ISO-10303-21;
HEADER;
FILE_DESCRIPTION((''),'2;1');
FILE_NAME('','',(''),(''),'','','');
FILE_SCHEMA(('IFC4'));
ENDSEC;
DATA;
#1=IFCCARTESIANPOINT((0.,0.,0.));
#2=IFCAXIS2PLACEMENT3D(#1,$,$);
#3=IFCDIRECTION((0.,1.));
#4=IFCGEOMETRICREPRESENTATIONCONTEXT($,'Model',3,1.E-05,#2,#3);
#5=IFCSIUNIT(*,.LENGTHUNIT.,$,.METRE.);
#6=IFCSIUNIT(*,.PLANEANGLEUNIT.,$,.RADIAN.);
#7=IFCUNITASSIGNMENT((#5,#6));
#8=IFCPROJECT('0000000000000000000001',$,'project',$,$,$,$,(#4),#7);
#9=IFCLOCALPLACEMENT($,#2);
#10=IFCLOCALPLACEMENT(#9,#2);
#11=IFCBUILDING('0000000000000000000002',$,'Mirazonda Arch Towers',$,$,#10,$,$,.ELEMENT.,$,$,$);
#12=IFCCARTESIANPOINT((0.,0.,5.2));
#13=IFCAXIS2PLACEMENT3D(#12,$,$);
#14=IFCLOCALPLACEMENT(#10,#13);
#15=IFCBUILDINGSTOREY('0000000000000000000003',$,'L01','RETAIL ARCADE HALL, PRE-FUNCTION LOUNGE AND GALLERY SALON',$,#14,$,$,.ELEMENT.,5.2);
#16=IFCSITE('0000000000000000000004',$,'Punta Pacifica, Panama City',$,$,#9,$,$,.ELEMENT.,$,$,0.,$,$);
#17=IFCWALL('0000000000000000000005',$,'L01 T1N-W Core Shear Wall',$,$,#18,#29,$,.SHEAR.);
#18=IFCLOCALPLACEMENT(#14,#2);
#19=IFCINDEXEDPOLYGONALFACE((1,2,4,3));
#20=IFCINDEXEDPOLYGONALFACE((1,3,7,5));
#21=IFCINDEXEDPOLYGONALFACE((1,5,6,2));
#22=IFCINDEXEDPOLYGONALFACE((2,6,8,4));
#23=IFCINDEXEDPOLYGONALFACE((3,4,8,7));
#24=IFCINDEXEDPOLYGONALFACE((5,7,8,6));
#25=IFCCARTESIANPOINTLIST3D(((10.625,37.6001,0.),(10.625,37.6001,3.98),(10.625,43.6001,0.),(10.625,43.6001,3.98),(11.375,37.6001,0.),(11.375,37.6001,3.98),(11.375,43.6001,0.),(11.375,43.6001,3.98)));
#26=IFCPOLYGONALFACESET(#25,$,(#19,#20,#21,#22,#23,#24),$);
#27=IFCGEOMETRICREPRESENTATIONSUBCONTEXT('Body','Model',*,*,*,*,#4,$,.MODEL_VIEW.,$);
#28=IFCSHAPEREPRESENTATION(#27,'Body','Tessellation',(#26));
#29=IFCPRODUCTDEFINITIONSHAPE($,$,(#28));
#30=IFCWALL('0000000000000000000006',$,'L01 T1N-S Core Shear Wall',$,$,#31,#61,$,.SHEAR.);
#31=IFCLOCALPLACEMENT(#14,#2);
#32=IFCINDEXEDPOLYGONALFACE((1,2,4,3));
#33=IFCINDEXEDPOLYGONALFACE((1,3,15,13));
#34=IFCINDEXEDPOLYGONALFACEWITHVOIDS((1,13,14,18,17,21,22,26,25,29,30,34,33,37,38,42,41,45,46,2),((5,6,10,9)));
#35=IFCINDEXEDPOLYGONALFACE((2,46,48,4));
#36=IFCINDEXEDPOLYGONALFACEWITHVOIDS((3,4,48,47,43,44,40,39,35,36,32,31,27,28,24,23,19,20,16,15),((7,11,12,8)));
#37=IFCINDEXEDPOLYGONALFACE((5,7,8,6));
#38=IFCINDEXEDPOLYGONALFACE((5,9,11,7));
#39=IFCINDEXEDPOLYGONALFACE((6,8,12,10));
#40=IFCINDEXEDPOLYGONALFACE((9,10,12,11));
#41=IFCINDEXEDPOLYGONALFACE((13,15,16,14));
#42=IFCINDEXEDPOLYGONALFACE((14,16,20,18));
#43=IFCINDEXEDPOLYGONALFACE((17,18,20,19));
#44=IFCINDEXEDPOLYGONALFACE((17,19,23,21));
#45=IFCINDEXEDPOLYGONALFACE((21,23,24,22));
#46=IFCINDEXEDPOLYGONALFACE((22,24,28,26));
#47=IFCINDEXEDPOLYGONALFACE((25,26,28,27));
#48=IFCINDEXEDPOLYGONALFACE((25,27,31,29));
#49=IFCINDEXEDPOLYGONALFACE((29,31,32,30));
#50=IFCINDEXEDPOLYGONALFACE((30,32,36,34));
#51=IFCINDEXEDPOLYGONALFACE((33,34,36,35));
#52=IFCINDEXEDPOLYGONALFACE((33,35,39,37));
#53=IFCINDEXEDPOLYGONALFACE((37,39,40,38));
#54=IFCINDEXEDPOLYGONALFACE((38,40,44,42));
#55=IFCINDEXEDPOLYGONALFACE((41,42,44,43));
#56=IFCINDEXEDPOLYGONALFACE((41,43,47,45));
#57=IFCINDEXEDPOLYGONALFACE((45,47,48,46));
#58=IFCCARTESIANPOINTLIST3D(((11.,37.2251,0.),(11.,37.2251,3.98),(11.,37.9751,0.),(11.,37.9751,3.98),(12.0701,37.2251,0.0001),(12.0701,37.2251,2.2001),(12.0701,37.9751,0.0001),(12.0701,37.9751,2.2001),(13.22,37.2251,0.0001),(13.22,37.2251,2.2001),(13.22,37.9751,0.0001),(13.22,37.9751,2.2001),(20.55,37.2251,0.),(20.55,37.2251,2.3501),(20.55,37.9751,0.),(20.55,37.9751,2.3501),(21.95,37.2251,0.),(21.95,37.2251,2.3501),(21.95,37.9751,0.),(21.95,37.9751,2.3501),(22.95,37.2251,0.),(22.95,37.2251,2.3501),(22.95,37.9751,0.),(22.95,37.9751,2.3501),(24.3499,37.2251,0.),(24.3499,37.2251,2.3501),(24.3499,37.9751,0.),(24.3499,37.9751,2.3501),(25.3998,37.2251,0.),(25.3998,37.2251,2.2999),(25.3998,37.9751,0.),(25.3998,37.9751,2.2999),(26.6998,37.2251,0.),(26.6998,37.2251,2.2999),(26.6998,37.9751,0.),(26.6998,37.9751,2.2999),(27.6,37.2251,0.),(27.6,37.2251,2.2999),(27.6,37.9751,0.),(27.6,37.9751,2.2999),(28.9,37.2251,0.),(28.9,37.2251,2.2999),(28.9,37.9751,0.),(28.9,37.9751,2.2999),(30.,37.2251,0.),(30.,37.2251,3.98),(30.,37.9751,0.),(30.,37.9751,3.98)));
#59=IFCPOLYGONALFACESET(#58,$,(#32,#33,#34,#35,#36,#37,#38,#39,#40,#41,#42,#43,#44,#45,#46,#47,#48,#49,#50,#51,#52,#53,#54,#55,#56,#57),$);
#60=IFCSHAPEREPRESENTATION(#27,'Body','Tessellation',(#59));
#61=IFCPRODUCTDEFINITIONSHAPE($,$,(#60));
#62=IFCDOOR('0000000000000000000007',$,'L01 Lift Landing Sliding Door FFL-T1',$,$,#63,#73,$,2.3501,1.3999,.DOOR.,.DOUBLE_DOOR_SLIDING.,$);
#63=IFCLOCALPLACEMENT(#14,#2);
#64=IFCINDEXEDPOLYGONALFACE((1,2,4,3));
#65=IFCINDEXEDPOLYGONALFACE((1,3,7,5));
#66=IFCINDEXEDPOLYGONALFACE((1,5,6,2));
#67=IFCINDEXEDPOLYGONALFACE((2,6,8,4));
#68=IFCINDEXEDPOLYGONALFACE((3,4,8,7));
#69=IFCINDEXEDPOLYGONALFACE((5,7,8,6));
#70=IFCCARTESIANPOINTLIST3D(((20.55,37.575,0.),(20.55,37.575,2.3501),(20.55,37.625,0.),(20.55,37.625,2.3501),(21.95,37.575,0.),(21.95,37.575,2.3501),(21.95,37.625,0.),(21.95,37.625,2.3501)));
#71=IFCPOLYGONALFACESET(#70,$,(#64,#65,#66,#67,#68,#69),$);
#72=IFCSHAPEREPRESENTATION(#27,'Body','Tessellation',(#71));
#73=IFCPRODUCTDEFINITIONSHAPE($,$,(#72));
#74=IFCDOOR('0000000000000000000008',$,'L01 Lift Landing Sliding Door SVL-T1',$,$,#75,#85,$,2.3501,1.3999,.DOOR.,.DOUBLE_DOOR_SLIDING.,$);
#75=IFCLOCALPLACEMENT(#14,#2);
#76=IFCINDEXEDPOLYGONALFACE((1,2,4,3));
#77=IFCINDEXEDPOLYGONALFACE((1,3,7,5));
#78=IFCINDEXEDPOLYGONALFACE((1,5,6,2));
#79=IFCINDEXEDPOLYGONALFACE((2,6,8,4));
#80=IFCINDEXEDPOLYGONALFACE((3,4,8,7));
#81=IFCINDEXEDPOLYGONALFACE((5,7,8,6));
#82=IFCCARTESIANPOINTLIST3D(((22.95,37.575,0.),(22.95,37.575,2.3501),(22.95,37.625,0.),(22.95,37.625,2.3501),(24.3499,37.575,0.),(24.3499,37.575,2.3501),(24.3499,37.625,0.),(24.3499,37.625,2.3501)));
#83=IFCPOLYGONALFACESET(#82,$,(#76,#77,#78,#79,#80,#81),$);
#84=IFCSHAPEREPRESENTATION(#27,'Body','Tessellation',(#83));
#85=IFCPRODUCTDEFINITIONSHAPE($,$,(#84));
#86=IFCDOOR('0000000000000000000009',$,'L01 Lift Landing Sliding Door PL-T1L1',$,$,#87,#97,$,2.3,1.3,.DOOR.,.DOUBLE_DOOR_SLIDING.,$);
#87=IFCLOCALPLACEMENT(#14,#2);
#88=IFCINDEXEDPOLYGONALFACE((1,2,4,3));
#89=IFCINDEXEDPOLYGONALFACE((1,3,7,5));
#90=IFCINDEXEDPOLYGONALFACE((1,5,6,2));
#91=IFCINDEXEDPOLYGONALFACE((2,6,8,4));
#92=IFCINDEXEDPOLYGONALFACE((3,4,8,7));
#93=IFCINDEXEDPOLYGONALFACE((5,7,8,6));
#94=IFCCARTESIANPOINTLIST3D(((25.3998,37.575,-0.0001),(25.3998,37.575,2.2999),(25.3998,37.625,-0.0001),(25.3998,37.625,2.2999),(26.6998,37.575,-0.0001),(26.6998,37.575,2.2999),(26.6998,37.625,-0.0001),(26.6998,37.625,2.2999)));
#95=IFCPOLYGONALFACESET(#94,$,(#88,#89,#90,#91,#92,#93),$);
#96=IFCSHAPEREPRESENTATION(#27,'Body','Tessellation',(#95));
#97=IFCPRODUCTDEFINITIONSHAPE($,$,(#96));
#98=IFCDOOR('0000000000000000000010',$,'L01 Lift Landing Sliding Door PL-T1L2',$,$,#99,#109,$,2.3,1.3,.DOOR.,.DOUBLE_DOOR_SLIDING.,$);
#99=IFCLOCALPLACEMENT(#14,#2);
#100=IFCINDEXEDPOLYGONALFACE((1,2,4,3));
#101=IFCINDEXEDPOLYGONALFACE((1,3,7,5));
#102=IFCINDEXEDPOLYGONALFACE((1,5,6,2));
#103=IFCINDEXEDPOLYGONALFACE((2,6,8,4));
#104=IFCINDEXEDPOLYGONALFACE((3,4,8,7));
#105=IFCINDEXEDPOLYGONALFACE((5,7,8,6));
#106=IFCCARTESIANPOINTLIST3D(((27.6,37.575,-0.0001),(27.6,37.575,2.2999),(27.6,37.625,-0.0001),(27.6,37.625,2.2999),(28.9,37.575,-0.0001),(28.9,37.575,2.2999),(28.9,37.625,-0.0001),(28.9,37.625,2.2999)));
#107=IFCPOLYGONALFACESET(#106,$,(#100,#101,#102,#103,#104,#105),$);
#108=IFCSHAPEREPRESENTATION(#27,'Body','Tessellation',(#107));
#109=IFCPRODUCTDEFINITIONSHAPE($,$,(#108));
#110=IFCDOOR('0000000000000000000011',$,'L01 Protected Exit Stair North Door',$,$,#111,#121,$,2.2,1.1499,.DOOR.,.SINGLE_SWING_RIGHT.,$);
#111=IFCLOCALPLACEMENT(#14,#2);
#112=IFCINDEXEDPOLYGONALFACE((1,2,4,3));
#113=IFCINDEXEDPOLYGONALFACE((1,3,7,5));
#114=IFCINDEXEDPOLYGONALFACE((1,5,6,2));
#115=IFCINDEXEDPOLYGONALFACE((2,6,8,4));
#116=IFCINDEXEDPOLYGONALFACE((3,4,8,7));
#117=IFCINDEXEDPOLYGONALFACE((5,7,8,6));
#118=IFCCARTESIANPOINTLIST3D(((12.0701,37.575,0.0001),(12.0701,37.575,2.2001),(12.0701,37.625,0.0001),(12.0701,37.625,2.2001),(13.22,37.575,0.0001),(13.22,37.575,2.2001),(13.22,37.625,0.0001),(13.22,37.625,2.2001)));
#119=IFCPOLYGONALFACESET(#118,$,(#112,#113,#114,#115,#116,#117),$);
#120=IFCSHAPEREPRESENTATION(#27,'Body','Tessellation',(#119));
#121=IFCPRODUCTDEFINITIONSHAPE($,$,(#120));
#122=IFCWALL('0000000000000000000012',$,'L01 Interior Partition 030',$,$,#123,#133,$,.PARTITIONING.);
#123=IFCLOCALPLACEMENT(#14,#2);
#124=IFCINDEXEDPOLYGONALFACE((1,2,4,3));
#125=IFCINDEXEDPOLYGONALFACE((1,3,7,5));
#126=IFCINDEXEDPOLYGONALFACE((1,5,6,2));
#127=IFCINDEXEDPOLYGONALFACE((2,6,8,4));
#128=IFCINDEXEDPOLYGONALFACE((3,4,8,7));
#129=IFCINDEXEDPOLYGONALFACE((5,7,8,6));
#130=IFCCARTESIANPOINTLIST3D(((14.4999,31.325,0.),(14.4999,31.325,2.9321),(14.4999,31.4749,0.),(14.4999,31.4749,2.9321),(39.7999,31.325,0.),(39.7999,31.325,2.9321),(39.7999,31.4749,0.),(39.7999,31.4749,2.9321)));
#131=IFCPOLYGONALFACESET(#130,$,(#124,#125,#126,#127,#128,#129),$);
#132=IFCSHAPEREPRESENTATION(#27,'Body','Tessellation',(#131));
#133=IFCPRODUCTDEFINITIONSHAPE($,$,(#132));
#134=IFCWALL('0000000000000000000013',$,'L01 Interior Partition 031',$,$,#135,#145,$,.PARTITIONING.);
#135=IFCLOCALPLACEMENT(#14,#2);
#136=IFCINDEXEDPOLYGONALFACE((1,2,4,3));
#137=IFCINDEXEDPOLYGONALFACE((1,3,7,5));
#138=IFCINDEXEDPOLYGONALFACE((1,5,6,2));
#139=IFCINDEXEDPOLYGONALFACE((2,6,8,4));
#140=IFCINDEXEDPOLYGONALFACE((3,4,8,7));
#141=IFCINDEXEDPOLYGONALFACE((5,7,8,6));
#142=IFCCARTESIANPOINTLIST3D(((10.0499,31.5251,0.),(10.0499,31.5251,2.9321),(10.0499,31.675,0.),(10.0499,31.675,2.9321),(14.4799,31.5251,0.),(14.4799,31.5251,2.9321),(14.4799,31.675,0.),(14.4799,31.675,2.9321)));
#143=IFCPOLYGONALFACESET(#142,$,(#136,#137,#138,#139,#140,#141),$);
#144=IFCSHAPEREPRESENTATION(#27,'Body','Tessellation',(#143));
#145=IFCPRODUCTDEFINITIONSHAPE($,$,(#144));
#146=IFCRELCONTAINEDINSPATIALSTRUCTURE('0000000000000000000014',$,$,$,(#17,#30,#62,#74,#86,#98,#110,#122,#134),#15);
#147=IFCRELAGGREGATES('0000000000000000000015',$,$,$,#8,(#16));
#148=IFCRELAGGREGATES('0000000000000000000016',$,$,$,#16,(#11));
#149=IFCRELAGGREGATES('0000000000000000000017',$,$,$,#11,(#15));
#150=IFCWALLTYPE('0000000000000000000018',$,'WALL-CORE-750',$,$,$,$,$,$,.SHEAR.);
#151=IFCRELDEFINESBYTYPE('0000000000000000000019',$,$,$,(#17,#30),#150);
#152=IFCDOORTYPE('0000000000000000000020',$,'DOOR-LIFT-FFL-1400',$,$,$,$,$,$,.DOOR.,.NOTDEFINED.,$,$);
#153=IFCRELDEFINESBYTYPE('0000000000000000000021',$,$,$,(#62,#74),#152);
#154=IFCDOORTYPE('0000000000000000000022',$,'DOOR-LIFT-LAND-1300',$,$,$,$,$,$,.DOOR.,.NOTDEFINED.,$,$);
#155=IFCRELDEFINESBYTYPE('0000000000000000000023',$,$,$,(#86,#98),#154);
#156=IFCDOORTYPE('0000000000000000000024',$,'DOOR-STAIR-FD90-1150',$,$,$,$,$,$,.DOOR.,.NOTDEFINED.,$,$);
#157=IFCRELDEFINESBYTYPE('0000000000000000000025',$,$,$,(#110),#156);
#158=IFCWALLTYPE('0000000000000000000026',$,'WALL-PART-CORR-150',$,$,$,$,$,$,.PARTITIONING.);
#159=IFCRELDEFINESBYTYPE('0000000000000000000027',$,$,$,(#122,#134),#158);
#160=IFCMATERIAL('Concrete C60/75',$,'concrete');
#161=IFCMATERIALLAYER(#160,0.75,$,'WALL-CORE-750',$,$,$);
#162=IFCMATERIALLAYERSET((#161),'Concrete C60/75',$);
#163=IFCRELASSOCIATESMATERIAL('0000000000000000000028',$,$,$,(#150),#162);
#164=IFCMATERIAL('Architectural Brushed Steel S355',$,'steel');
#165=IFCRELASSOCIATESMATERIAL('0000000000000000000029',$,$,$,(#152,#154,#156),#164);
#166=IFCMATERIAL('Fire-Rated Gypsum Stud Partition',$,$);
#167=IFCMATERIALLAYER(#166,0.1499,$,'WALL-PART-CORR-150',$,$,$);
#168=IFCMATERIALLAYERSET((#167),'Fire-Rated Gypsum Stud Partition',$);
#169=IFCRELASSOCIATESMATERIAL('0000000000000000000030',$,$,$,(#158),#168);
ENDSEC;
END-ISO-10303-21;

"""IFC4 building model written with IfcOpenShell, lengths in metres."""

from ifc_helpers import new_model, si_unit, direction, frame, frame_2d, origin, place, context, subcontext, project, spatial, rectangle, extrude, material, layer, layer_set, type_object, element, fill, save


model = new_model("IFC4")

# Units and contexts
model_context = context("Model", 3, precision=1e-05, world=origin(), true_north=direction((0.0, 1.0)))
body_context = subcontext(model_context, "Body", "Model", "MODEL_VIEW")
ifc_project = project(units=[si_unit("LENGTHUNIT", "METRE"), si_unit("PLANEANGLEUNIT", "RADIAN")], contexts=[model_context])

# Site, building, storey
site_placement = place(None, origin())
site = spatial("IfcSite", under=ifc_project, at=site_placement, Name="Punta Pacifica, Panama City", CompositionType="ELEMENT", RefElevation=0.0)
building_placement = place(site_placement, origin())
building = spatial("IfcBuilding", under=site, at=building_placement, Name="Mirazonda Arch Towers", CompositionType="ELEMENT")
storey_placement = place(building_placement, frame((0.0, 0.0, 5.2)))
storey = spatial("IfcBuildingStorey", under=building, at=storey_placement, Name="L01", Description="RETAIL ARCADE HALL, PRE-FUNCTION LOUNGE AND GALLERY SALON", CompositionType="ELEMENT", Elevation=5.2)

# Shared definitions
ifc_material_1 = material(Name="Concrete C60/75", Category="concrete")

# Wall
ifc_layer_1 = layer(ifc_material_1, 0.75, Name="WALL-CORE-750")
ifc_layer_set_1 = layer_set([ifc_layer_1], Name="Concrete C60/75")
wall_type_1 = type_object("IfcWallType", Name="WALL-CORE-750", PredefinedType="SHEAR", material=ifc_layer_set_1)
wall_1_placement = place(storey_placement, frame((11.0, 37.6001, 0.0), z_axis=(0.0, 0.0, 1.0), x_axis=(0.0, 1.0, 0.0)))
element("IfcWall", 1, at=wall_1_placement, inside=storey, type_object=wall_type_1, Name="L01 T1N-W Core Shear Wall", PredefinedType="SHEAR", context=body_context, shape_type="SweptSolid", body=[
    extrude(rectangle(XDim=6.0, YDim=0.75, at=frame_2d((3.0, 0.0))), origin(), (0.0, 0.0, 1.0), 3.98),
])

# Wall, openings, doors
wall_2_placement = place(storey_placement, frame((11.0, 37.6001, 0.0), z_axis=(0.0, 0.0, 1.0), x_axis=(1.0, 0.0, 0.0)))
wall_2 = element("IfcWall", 2, at=wall_2_placement, inside=storey, type_object=wall_type_1, Name="L01 T1N-S Core Shear Wall", PredefinedType="SHEAR", context=body_context, shape_type="SweptSolid", body=[
    extrude(rectangle(XDim=19.0, YDim=0.75, at=frame_2d((9.5, 0.0))), origin(), (0.0, 0.0, 1.0), 3.98),
])
opening_1_placement = place(wall_2_placement, frame((1.0701, 0.0, 0.0)))
opening_1 = element("IfcOpeningElement", 3, at=opening_1_placement, cuts=wall_2, PredefinedType="OPENING", context=body_context, shape_type="SweptSolid", body=[
    extrude(rectangle(XDim=1.1499, YDim=2.2, at=frame_2d((0.575, 1.1001))), frame((0.0, 0.385, 0.0), z_axis=(0.0, -1.0, 0.0), x_axis=(1.0, 0.0, 0.0)), (0.0, 0.0, 1.0), 0.77),
])
opening_2_placement = place(wall_2_placement, frame((9.55, 0.0, 0.0)))
opening_2 = element("IfcOpeningElement", 4, at=opening_2_placement, cuts=wall_2, PredefinedType="OPENING", context=body_context, shape_type="SweptSolid", body=[
    extrude(rectangle(XDim=1.3999, YDim=2.3501, at=frame_2d((0.7, 1.175))), frame((0.0, 0.385, 0.0), z_axis=(0.0, -1.0, 0.0), x_axis=(1.0, 0.0, 0.0)), (0.0, 0.0, 1.0), 0.77),
])
opening_3_placement = place(wall_2_placement, frame((11.95, 0.0, 0.0)))
opening_3 = element("IfcOpeningElement", 5, at=opening_3_placement, cuts=wall_2, PredefinedType="OPENING", context=body_context, shape_type="SweptSolid", body=[
    extrude(rectangle(XDim=1.3999, YDim=2.3501, at=frame_2d((0.7, 1.175))), frame((0.0, 0.385, 0.0), z_axis=(0.0, -1.0, 0.0), x_axis=(1.0, 0.0, 0.0)), (0.0, 0.0, 1.0), 0.77),
])
opening_4_placement = place(wall_2_placement, frame((14.3999, 0.0, 0.0)))
opening_4 = element("IfcOpeningElement", 6, at=opening_4_placement, cuts=wall_2, PredefinedType="OPENING", context=body_context, shape_type="SweptSolid", body=[
    extrude(rectangle(XDim=1.3, YDim=2.3, at=frame_2d((0.6499, 1.1499))), frame((0.0, 0.385, 0.0), z_axis=(0.0, -1.0, 0.0), x_axis=(1.0, 0.0, 0.0)), (0.0, 0.0, 1.0), 0.77),
])
opening_5_placement = place(wall_2_placement, frame((16.6001, 0.0, 0.0)))
opening_5 = element("IfcOpeningElement", 7, at=opening_5_placement, cuts=wall_2, PredefinedType="OPENING", context=body_context, shape_type="SweptSolid", body=[
    extrude(rectangle(XDim=1.3, YDim=2.3, at=frame_2d((0.6499, 1.1499))), frame((0.0, 0.385, 0.0), z_axis=(0.0, -1.0, 0.0), x_axis=(1.0, 0.0, 0.0)), (0.0, 0.0, 1.0), 0.77),
])
ifc_material_2 = material(Name="Architectural Brushed Steel S355", Category="steel")
door_type_1 = type_object("IfcDoorType", Name="DOOR-LIFT-FFL-1400", OperationType="NOTDEFINED", PredefinedType="DOOR", material=ifc_material_2)
door_1_placement = place(opening_2_placement, origin())
door_1 = element("IfcDoor", 8, at=door_1_placement, inside=storey, type_object=door_type_1, Name="L01 Lift Landing Sliding Door FFL-T1", OperationType="DOUBLE_DOOR_SLIDING", OverallHeight=2.3501, OverallWidth=1.3999, PredefinedType="DOOR", context=body_context, shape_type="SweptSolid", body=[
    extrude(rectangle(XDim=1.3999, YDim=2.3501, at=frame_2d((0.7, 1.175))), frame((0.0, 0.0249, 0.0), z_axis=(0.0, -1.0, 0.0), x_axis=(1.0, 0.0, 0.0)), (0.0, 0.0, 1.0), 0.05),
])
fill(opening_2, door_1)
door_2_placement = place(opening_3_placement, origin())
door_2 = element("IfcDoor", 9, at=door_2_placement, inside=storey, type_object=door_type_1, Name="L01 Lift Landing Sliding Door SVL-T1", OperationType="DOUBLE_DOOR_SLIDING", OverallHeight=2.3501, OverallWidth=1.3999, PredefinedType="DOOR", context=body_context, shape_type="SweptSolid", body=[
    extrude(rectangle(XDim=1.3999, YDim=2.3501, at=frame_2d((0.7, 1.175))), frame((0.0, 0.0249, 0.0), z_axis=(0.0, -1.0, 0.0), x_axis=(1.0, 0.0, 0.0)), (0.0, 0.0, 1.0), 0.05),
])
fill(opening_3, door_2)
door_type_2 = type_object("IfcDoorType", Name="DOOR-LIFT-LAND-1300", OperationType="NOTDEFINED", PredefinedType="DOOR", material=ifc_material_2)
door_3_placement = place(opening_4_placement, origin())
door_3 = element("IfcDoor", 10, at=door_3_placement, inside=storey, type_object=door_type_2, Name="L01 Lift Landing Sliding Door PL-T1L1", OperationType="DOUBLE_DOOR_SLIDING", OverallHeight=2.3, OverallWidth=1.3, PredefinedType="DOOR", context=body_context, shape_type="SweptSolid", body=[
    extrude(rectangle(XDim=1.3, YDim=2.3, at=frame_2d((0.6499, 1.1499))), frame((0.0, 0.0249, 0.0), z_axis=(0.0, -1.0, 0.0), x_axis=(1.0, 0.0, 0.0)), (0.0, 0.0, 1.0), 0.05),
])
fill(opening_4, door_3)
door_4_placement = place(opening_5_placement, origin())
door_4 = element("IfcDoor", 11, at=door_4_placement, inside=storey, type_object=door_type_2, Name="L01 Lift Landing Sliding Door PL-T1L2", OperationType="DOUBLE_DOOR_SLIDING", OverallHeight=2.3, OverallWidth=1.3, PredefinedType="DOOR", context=body_context, shape_type="SweptSolid", body=[
    extrude(rectangle(XDim=1.3, YDim=2.3, at=frame_2d((0.6499, 1.1499))), frame((0.0, 0.0249, 0.0), z_axis=(0.0, -1.0, 0.0), x_axis=(1.0, 0.0, 0.0)), (0.0, 0.0, 1.0), 0.05),
])
fill(opening_5, door_4)
door_type_3 = type_object("IfcDoorType", Name="DOOR-STAIR-FD90-1150", OperationType="NOTDEFINED", PredefinedType="DOOR", material=ifc_material_2)
door_5_placement = place(opening_1_placement, origin())
door_5 = element("IfcDoor", 12, at=door_5_placement, inside=storey, type_object=door_type_3, Name="L01 Protected Exit Stair North Door", OperationType="SINGLE_SWING_RIGHT", OverallHeight=2.2, OverallWidth=1.1499, PredefinedType="DOOR", context=body_context, shape_type="SweptSolid", body=[
    extrude(rectangle(XDim=1.1499, YDim=2.2, at=frame_2d((0.575, 1.1001))), frame((0.0, 0.0249, 0.0), z_axis=(0.0, -1.0, 0.0), x_axis=(1.0, 0.0, 0.0)), (0.0, 0.0, 1.0), 0.05),
])
fill(opening_1, door_5)

# Walls
ifc_material_3 = material(Name="Fire-Rated Gypsum Stud Partition")
ifc_layer_2 = layer(ifc_material_3, 0.1499, Name="WALL-PART-CORR-150")
ifc_layer_set_2 = layer_set([ifc_layer_2], Name="Fire-Rated Gypsum Stud Partition")
wall_type_2 = type_object("IfcWallType", Name="WALL-PART-CORR-150", PredefinedType="PARTITIONING", material=ifc_layer_set_2)
wall_3_placement = place(storey_placement, frame((14.5, 31.3999, 0.0), z_axis=(0.0, 0.0, 1.0), x_axis=(1.0, 0.0, 0.0)))
element("IfcWall", 13, at=wall_3_placement, inside=storey, type_object=wall_type_2, Name="L01 Interior Partition 030", PredefinedType="PARTITIONING", context=body_context, shape_type="SweptSolid", body=[
    extrude(rectangle(XDim=25.3, YDim=0.1499, at=frame_2d((12.6499, 0.0))), origin(), (0.0, 0.0, 1.0), 2.9321),
])
wall_4_placement = place(storey_placement, frame((10.05, 31.6001, 0.0), z_axis=(0.0, 0.0, 1.0), x_axis=(1.0, 0.0, 0.0)))
element("IfcWall", 14, at=wall_4_placement, inside=storey, type_object=wall_type_2, Name="L01 Interior Partition 031", PredefinedType="PARTITIONING", context=body_context, shape_type="SweptSolid", body=[
    extrude(rectangle(XDim=4.4299, YDim=0.1499, at=frame_2d((2.2148, 0.0))), origin(), (0.0, 0.0, 1.0), 2.9321),
])

save(model, "model.ifc")
